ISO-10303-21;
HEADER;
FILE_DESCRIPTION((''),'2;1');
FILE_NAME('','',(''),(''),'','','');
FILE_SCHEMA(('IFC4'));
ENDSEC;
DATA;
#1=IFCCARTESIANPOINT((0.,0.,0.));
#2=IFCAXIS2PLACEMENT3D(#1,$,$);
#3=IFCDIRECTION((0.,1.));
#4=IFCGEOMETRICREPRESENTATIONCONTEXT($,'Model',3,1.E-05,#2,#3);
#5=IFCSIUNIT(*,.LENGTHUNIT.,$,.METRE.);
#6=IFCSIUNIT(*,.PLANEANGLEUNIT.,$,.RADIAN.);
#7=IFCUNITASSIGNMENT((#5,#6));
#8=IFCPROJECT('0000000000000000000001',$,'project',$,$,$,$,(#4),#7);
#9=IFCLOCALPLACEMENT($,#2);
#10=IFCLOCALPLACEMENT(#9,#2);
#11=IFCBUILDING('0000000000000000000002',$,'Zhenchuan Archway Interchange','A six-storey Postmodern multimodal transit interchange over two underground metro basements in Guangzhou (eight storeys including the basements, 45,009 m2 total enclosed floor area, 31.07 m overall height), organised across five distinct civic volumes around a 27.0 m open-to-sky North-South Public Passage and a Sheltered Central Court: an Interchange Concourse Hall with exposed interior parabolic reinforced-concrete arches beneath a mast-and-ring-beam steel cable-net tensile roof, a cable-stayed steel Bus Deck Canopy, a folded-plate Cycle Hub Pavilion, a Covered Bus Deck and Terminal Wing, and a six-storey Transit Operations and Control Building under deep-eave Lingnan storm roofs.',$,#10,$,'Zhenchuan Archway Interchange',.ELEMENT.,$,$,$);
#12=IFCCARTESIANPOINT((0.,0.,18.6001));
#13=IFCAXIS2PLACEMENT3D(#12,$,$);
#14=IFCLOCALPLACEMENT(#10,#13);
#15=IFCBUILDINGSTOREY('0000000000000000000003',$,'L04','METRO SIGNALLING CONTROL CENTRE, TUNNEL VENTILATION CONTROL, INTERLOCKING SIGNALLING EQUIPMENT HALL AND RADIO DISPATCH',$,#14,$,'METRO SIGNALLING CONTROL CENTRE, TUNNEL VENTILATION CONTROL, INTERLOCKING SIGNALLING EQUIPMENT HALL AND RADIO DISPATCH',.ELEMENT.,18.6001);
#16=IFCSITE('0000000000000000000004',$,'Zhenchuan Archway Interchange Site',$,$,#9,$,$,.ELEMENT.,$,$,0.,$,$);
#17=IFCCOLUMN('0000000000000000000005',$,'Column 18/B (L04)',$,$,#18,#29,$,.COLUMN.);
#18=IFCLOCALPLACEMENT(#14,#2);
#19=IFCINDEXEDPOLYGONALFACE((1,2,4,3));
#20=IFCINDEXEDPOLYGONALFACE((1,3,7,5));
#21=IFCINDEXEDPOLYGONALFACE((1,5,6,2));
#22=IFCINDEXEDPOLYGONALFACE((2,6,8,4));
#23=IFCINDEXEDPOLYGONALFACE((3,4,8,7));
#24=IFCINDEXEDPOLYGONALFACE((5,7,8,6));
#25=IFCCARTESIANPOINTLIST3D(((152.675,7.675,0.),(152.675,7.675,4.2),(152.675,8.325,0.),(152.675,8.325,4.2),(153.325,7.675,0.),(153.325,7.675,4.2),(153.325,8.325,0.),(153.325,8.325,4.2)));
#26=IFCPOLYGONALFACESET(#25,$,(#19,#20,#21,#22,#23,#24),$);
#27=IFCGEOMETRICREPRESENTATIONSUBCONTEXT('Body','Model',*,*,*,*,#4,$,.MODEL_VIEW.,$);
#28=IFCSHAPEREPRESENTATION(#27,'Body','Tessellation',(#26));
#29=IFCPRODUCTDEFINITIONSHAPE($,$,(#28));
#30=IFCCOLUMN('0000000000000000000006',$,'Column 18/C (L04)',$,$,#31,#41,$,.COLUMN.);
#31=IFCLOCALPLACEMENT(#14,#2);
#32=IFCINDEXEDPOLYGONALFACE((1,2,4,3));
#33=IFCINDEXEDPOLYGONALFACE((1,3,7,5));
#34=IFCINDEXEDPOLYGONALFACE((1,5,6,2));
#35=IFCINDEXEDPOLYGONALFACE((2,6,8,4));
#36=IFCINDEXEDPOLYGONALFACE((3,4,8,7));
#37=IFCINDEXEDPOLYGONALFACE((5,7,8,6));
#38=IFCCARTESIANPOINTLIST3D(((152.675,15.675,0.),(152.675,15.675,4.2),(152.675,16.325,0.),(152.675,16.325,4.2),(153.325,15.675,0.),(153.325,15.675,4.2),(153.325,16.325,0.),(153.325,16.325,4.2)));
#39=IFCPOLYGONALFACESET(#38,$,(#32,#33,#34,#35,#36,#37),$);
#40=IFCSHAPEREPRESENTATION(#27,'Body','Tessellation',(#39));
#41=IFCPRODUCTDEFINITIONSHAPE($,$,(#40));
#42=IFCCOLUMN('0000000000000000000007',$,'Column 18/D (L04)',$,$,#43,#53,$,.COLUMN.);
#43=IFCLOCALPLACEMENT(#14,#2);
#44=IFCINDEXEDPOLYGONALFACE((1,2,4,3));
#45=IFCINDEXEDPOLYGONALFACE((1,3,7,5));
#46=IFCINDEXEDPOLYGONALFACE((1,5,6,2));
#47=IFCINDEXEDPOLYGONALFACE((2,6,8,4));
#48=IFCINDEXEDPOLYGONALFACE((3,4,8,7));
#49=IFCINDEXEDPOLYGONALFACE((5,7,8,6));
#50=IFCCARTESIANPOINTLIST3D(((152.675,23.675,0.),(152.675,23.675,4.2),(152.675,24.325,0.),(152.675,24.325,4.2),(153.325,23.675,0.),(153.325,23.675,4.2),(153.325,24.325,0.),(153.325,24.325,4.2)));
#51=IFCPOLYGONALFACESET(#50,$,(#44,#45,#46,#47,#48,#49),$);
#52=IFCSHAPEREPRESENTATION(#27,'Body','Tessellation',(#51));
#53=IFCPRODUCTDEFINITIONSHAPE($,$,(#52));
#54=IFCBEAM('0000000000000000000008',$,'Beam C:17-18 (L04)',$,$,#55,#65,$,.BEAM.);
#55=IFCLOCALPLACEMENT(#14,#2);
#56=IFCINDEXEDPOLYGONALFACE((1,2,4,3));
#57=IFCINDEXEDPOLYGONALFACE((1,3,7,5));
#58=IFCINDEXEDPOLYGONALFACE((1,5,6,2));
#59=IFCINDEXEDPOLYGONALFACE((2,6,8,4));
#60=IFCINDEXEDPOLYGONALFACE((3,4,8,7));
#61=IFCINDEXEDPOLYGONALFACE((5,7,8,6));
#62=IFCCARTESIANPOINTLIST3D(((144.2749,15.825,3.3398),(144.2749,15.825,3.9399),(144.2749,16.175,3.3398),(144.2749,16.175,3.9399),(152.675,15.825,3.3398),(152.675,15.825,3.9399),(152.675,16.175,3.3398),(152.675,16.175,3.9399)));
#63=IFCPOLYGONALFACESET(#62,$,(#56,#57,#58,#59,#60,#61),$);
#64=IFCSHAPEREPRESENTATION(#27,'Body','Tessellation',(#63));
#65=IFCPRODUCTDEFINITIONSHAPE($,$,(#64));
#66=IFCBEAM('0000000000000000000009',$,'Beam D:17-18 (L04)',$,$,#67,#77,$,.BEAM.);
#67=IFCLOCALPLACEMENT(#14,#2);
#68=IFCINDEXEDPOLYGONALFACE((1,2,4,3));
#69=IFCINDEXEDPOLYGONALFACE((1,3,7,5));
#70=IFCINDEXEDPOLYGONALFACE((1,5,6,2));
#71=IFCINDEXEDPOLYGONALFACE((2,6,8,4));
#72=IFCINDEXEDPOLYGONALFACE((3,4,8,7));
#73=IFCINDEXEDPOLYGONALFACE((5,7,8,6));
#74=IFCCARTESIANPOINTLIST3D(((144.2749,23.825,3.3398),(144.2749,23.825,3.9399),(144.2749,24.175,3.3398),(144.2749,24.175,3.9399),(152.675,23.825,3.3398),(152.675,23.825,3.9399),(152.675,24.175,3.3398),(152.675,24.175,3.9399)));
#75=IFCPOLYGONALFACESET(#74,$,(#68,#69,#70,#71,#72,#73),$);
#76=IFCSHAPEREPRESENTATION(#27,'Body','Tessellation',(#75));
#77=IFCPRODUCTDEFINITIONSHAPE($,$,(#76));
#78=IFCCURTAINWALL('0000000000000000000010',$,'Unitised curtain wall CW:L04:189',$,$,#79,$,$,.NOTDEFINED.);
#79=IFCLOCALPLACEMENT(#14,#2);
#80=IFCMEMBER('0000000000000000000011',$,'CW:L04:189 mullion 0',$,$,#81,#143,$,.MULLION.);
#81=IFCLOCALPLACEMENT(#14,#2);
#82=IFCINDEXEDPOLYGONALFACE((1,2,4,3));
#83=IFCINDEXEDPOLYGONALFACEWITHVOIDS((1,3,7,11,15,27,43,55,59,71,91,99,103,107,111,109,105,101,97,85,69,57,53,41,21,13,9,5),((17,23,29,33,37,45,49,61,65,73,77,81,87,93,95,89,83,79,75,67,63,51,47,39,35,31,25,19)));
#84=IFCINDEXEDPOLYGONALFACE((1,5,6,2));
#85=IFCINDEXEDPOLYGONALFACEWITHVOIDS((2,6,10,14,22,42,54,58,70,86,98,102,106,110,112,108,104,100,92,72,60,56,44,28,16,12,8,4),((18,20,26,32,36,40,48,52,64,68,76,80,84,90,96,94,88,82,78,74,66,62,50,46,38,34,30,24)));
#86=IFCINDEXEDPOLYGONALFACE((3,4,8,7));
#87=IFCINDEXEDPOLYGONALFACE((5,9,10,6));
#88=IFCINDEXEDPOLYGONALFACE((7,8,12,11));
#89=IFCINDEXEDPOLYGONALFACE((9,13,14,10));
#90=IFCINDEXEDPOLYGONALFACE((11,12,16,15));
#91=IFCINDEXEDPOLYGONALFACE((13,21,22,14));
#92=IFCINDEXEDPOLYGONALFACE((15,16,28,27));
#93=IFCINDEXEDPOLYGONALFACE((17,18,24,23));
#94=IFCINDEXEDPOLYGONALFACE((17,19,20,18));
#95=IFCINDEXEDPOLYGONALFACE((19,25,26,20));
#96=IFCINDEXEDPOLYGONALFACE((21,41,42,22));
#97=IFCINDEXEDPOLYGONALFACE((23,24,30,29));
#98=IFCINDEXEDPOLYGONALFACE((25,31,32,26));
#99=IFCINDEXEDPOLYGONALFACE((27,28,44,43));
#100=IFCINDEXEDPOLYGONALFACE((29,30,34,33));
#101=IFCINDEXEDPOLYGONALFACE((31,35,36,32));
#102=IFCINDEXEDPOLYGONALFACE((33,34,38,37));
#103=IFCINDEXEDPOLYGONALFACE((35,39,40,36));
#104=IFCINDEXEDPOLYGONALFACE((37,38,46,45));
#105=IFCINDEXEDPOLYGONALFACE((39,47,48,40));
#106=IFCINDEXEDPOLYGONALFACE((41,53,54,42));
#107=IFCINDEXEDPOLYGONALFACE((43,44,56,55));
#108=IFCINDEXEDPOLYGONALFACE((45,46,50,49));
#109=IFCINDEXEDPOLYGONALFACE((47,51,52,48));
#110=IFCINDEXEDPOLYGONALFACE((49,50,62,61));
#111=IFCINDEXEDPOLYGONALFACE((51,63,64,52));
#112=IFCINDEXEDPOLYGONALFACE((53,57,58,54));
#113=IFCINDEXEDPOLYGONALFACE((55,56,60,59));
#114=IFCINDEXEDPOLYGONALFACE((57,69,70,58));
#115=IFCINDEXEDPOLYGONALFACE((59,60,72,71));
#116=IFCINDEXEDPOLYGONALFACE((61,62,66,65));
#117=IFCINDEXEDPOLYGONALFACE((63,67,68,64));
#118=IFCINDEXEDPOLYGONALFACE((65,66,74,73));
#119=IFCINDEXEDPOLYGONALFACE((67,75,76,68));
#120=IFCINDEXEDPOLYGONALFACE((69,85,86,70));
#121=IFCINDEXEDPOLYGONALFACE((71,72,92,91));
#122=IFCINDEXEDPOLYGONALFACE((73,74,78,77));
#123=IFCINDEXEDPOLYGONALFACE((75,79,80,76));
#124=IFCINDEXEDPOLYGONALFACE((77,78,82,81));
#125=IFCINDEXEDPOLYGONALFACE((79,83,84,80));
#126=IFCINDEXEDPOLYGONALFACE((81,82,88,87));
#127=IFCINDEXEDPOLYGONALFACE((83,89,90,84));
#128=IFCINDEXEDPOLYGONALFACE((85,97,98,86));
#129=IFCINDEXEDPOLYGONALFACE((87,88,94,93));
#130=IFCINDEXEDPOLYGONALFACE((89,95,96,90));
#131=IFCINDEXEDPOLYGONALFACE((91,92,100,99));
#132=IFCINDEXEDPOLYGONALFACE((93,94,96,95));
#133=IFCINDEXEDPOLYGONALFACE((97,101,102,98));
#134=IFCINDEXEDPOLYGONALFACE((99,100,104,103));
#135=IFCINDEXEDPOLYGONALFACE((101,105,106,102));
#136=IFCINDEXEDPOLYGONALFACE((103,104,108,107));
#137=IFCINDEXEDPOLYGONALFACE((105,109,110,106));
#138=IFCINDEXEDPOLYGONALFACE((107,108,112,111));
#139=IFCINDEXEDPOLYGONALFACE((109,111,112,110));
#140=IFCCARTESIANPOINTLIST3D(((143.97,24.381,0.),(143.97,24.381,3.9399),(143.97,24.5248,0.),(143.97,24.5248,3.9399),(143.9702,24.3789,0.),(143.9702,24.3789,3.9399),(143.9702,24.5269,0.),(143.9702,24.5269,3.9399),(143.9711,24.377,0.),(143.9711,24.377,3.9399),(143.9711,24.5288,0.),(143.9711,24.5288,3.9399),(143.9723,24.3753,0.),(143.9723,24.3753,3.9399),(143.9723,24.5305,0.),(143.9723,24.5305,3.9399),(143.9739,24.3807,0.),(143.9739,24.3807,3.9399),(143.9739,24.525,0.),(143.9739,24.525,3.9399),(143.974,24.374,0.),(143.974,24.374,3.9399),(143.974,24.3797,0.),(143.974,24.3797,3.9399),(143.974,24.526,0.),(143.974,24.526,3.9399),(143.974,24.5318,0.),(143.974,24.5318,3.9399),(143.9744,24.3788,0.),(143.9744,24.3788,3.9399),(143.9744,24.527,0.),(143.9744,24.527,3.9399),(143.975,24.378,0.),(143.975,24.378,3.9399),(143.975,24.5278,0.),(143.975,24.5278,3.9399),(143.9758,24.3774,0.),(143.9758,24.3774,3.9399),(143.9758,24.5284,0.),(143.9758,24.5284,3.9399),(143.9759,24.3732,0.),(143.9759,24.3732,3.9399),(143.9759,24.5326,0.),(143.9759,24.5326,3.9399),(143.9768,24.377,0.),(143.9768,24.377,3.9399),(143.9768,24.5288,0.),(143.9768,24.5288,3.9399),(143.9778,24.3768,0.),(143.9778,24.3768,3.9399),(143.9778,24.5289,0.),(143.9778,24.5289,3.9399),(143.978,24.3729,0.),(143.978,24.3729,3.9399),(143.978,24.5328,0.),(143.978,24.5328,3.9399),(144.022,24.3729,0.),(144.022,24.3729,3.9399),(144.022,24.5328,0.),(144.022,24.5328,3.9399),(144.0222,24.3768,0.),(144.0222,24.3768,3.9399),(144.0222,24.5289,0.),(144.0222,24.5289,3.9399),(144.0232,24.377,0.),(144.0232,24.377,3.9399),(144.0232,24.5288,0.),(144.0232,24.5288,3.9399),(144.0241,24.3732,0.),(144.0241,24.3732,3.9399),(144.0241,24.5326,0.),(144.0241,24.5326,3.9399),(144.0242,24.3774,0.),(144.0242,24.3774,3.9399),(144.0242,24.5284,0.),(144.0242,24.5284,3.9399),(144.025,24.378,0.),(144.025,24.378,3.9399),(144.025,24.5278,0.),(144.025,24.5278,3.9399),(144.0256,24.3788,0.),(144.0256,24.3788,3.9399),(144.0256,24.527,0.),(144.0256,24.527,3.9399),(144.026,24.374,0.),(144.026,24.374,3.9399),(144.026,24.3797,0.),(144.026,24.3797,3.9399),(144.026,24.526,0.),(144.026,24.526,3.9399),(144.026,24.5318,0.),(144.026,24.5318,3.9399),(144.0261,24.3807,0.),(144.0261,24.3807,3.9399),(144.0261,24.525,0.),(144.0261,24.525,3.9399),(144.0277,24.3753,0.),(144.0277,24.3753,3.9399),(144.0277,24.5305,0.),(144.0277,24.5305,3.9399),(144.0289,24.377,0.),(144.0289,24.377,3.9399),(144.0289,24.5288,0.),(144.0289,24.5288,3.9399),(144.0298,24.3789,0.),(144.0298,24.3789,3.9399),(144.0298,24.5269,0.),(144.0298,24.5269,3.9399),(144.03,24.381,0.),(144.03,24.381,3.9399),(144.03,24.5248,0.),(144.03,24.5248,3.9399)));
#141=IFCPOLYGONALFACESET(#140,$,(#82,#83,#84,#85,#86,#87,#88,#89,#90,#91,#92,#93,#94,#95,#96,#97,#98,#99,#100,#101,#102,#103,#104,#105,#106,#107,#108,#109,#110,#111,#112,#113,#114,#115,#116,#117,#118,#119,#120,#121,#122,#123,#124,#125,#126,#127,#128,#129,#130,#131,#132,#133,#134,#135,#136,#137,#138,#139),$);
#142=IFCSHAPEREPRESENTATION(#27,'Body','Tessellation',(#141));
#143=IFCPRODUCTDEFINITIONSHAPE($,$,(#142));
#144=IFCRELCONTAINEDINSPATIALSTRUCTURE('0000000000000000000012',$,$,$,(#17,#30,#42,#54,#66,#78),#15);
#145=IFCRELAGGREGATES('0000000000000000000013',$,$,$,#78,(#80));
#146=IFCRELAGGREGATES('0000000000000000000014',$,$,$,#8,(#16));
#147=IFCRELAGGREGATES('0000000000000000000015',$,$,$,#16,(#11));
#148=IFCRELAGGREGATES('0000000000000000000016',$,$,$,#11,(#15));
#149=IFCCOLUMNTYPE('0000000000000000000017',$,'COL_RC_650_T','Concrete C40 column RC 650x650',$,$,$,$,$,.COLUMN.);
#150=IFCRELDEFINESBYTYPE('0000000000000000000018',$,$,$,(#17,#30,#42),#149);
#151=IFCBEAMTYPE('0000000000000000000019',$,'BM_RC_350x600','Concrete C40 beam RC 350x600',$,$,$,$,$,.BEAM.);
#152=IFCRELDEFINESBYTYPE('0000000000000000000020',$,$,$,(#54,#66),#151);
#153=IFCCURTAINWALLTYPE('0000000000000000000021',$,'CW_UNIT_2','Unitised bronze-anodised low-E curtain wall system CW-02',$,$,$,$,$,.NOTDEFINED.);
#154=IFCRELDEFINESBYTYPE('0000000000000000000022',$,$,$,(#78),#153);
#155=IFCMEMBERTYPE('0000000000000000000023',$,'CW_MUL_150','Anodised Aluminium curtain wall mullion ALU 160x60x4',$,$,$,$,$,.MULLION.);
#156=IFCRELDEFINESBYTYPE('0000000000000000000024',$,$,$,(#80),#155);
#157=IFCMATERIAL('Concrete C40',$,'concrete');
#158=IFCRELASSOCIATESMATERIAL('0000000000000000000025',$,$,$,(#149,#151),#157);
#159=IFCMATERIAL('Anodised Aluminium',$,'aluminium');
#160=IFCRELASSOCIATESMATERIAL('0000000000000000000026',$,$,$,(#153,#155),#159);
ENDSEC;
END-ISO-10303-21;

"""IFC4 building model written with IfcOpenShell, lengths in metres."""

from ifc_helpers import new_model, si_unit, direction, frame, origin, origin_2d, place, context, subcontext, project, spatial, rectangle, hollow_rectangle, extrude, material, material_profile, profile_set, type_object, element, aggregate, save


model = new_model("IFC4")

# Units and contexts
model_context = context("Model", 3, precision=1e-05, world=origin(), true_north=direction((0.0, 1.0)))
body_context = subcontext(model_context, "Body", "Model", "MODEL_VIEW")
ifc_project = project(units=[si_unit("LENGTHUNIT", "METRE"), si_unit("PLANEANGLEUNIT", "RADIAN")], contexts=[model_context])

# Site, building, storey
site_placement = place(None, origin())
site = spatial("IfcSite", under=ifc_project, at=site_placement, Name="Zhenchuan Archway Interchange Site", CompositionType="ELEMENT", RefElevation=0.0)
building_placement = place(site_placement, origin())
building = spatial("IfcBuilding", under=site, at=building_placement, Name="Zhenchuan Archway Interchange", Description="A six-storey Postmodern multimodal transit interchange over two underground metro basements in Guangzhou (eight storeys including the basements, 45,009 m2 total enclosed floor area, 31.07 m overall height), organised across five distinct civic volumes around a 27.0 m open-to-sky North-South Public Passage and a Sheltered Central Court: an Interchange Concourse Hall with exposed interior parabolic reinforced-concrete arches beneath a mast-and-ring-beam steel cable-net tensile roof, a cable-stayed steel Bus Deck Canopy, a folded-plate Cycle Hub Pavilion, a Covered Bus Deck and Terminal Wing, and a six-storey Transit Operations and Control Building under deep-eave Lingnan storm roofs.", LongName="Zhenchuan Archway Interchange", CompositionType="ELEMENT")
storey_placement = place(building_placement, frame((0.0, 0.0, 18.6001)))
storey = spatial("IfcBuildingStorey", under=building, at=storey_placement, Name="L04", Description="METRO SIGNALLING CONTROL CENTRE, TUNNEL VENTILATION CONTROL, INTERLOCKING SIGNALLING EQUIPMENT HALL AND RADIO DISPATCH", LongName="METRO SIGNALLING CONTROL CENTRE, TUNNEL VENTILATION CONTROL, INTERLOCKING SIGNALLING EQUIPMENT HALL AND RADIO DISPATCH", CompositionType="ELEMENT", Elevation=18.6001)

# Columns
ifc_material_1 = material(Name="Concrete C40", Category="concrete")
ifc_material_profile_1 = material_profile(ifc_material_1, rectangle(XDim=0.6499, YDim=0.6499, at=origin_2d()), Name="RC 650x650")
ifc_profile_set_1 = profile_set([ifc_material_profile_1], Name="Concrete C40")
column_type = type_object("IfcColumnType", Name="COL_RC_650_T", Description="Concrete C40 column RC 650x650", PredefinedType="COLUMN", material=ifc_profile_set_1)
for number, where, z_axis, x_axis, name in (
    (1, (153.0, 8.0, 0.0), (0.0, 0.0, 1.0), (1.0, 0.0, 0.0), "Column 18/B (L04)"),
    (2, (153.0, 16.0, 0.0), (0.0, 0.0, 1.0), (1.0, 0.0, 0.0), "Column 18/C (L04)"),
    (3, (153.0, 24.0, 0.0), (0.0, 0.0, 1.0), (1.0, 0.0, 0.0), "Column 18/D (L04)"),
):
    element("IfcColumn", number, at=place(storey_placement, frame(where, z_axis=z_axis, x_axis=x_axis)), inside=storey, type_object=column_type, Name=name, PredefinedType="COLUMN", context=body_context, shape_type="SweptSolid", body=[
        extrude(rectangle(XDim=0.6499, YDim=0.6499, at=origin_2d()), origin(), (0.0, 0.0, 1.0), 4.2),
    ])

# Beams
ifc_material_profile_2 = material_profile(ifc_material_1, rectangle(XDim=0.3501, YDim=0.6001, at=origin_2d()), Name="RC 350x600")
ifc_profile_set_2 = profile_set([ifc_material_profile_2], Name="Concrete C40")
beam_type_1 = type_object("IfcBeamType", Name="BM_RC_350x600", Description="Concrete C40 beam RC 350x600", PredefinedType="BEAM", material=ifc_profile_set_2)
for number, where, z_axis, x_axis, name in (
    (4, (144.2749, 16.0, 3.6399), (1.0, 0.0, 0.0), (0.0, 1.0, 0.0), "Beam C:17-18 (L04)"),
    (5, (144.2749, 24.0, 3.6399), (1.0, 0.0, 0.0), (0.0, 1.0, 0.0), "Beam D:17-18 (L04)"),
):
    element("IfcBeam", number, at=place(storey_placement, frame(where, z_axis=z_axis, x_axis=x_axis)), inside=storey, type_object=beam_type_1, Name=name, PredefinedType="BEAM", context=body_context, shape_type="SweptSolid", body=[
        extrude(rectangle(XDim=0.3501, YDim=0.6001, at=origin_2d()), origin(), (0.0, 0.0, 1.0), 8.4001),
    ])

# Curtain wall, member
ifc_material_2 = material(Name="Anodised Aluminium", Category="aluminium")
curtain_wall_type = type_object("IfcCurtainWallType", Name="CW_UNIT_2", Description="Unitised bronze-anodised low-E curtain wall system CW-02", PredefinedType="NOTDEFINED", material=ifc_material_2)
curtain_wall_placement = place(storey_placement, origin())
curtain_wall = element("IfcCurtainWall", 6, at=curtain_wall_placement, inside=storey, type_object=curtain_wall_type, Name="Unitised curtain wall CW:L04:189", PredefinedType="NOTDEFINED")
ifc_material_profile_3 = material_profile(ifc_material_2, hollow_rectangle(XDim=0.0601, YDim=0.1599, WallThickness=0.0039, InnerFilletRadius=0.0039, OuterFilletRadius=0.0081, at=origin_2d()), Name="ALU 160x60x4")
ifc_profile_set_3 = profile_set([ifc_material_profile_3], Name="Anodised Aluminium")
member_type_1 = type_object("IfcMemberType", Name="CW_MUL_150", Description="Anodised Aluminium curtain wall mullion ALU 160x60x4", PredefinedType="MULLION", material=ifc_profile_set_3)
member_1_placement = place(storey_placement, frame((144.0, 24.4529, 0.0), z_axis=(0.0, 0.0, 1.0), x_axis=(1.0, 0.0, 0.0)))
member_1 = element("IfcMember", 7, at=member_1_placement, type_object=member_type_1, Name="CW:L04:189 mullion 0", PredefinedType="MULLION", context=body_context, shape_type="SweptSolid", body=[
    extrude(hollow_rectangle(XDim=0.0601, YDim=0.1599, WallThickness=0.0039, InnerFilletRadius=0.0039, OuterFilletRadius=0.0081, at=origin_2d()), origin(), (0.0, 0.0, 1.0), 3.9399),
])

aggregate(curtain_wall, [member_1])

save(model, "model.ifc")
